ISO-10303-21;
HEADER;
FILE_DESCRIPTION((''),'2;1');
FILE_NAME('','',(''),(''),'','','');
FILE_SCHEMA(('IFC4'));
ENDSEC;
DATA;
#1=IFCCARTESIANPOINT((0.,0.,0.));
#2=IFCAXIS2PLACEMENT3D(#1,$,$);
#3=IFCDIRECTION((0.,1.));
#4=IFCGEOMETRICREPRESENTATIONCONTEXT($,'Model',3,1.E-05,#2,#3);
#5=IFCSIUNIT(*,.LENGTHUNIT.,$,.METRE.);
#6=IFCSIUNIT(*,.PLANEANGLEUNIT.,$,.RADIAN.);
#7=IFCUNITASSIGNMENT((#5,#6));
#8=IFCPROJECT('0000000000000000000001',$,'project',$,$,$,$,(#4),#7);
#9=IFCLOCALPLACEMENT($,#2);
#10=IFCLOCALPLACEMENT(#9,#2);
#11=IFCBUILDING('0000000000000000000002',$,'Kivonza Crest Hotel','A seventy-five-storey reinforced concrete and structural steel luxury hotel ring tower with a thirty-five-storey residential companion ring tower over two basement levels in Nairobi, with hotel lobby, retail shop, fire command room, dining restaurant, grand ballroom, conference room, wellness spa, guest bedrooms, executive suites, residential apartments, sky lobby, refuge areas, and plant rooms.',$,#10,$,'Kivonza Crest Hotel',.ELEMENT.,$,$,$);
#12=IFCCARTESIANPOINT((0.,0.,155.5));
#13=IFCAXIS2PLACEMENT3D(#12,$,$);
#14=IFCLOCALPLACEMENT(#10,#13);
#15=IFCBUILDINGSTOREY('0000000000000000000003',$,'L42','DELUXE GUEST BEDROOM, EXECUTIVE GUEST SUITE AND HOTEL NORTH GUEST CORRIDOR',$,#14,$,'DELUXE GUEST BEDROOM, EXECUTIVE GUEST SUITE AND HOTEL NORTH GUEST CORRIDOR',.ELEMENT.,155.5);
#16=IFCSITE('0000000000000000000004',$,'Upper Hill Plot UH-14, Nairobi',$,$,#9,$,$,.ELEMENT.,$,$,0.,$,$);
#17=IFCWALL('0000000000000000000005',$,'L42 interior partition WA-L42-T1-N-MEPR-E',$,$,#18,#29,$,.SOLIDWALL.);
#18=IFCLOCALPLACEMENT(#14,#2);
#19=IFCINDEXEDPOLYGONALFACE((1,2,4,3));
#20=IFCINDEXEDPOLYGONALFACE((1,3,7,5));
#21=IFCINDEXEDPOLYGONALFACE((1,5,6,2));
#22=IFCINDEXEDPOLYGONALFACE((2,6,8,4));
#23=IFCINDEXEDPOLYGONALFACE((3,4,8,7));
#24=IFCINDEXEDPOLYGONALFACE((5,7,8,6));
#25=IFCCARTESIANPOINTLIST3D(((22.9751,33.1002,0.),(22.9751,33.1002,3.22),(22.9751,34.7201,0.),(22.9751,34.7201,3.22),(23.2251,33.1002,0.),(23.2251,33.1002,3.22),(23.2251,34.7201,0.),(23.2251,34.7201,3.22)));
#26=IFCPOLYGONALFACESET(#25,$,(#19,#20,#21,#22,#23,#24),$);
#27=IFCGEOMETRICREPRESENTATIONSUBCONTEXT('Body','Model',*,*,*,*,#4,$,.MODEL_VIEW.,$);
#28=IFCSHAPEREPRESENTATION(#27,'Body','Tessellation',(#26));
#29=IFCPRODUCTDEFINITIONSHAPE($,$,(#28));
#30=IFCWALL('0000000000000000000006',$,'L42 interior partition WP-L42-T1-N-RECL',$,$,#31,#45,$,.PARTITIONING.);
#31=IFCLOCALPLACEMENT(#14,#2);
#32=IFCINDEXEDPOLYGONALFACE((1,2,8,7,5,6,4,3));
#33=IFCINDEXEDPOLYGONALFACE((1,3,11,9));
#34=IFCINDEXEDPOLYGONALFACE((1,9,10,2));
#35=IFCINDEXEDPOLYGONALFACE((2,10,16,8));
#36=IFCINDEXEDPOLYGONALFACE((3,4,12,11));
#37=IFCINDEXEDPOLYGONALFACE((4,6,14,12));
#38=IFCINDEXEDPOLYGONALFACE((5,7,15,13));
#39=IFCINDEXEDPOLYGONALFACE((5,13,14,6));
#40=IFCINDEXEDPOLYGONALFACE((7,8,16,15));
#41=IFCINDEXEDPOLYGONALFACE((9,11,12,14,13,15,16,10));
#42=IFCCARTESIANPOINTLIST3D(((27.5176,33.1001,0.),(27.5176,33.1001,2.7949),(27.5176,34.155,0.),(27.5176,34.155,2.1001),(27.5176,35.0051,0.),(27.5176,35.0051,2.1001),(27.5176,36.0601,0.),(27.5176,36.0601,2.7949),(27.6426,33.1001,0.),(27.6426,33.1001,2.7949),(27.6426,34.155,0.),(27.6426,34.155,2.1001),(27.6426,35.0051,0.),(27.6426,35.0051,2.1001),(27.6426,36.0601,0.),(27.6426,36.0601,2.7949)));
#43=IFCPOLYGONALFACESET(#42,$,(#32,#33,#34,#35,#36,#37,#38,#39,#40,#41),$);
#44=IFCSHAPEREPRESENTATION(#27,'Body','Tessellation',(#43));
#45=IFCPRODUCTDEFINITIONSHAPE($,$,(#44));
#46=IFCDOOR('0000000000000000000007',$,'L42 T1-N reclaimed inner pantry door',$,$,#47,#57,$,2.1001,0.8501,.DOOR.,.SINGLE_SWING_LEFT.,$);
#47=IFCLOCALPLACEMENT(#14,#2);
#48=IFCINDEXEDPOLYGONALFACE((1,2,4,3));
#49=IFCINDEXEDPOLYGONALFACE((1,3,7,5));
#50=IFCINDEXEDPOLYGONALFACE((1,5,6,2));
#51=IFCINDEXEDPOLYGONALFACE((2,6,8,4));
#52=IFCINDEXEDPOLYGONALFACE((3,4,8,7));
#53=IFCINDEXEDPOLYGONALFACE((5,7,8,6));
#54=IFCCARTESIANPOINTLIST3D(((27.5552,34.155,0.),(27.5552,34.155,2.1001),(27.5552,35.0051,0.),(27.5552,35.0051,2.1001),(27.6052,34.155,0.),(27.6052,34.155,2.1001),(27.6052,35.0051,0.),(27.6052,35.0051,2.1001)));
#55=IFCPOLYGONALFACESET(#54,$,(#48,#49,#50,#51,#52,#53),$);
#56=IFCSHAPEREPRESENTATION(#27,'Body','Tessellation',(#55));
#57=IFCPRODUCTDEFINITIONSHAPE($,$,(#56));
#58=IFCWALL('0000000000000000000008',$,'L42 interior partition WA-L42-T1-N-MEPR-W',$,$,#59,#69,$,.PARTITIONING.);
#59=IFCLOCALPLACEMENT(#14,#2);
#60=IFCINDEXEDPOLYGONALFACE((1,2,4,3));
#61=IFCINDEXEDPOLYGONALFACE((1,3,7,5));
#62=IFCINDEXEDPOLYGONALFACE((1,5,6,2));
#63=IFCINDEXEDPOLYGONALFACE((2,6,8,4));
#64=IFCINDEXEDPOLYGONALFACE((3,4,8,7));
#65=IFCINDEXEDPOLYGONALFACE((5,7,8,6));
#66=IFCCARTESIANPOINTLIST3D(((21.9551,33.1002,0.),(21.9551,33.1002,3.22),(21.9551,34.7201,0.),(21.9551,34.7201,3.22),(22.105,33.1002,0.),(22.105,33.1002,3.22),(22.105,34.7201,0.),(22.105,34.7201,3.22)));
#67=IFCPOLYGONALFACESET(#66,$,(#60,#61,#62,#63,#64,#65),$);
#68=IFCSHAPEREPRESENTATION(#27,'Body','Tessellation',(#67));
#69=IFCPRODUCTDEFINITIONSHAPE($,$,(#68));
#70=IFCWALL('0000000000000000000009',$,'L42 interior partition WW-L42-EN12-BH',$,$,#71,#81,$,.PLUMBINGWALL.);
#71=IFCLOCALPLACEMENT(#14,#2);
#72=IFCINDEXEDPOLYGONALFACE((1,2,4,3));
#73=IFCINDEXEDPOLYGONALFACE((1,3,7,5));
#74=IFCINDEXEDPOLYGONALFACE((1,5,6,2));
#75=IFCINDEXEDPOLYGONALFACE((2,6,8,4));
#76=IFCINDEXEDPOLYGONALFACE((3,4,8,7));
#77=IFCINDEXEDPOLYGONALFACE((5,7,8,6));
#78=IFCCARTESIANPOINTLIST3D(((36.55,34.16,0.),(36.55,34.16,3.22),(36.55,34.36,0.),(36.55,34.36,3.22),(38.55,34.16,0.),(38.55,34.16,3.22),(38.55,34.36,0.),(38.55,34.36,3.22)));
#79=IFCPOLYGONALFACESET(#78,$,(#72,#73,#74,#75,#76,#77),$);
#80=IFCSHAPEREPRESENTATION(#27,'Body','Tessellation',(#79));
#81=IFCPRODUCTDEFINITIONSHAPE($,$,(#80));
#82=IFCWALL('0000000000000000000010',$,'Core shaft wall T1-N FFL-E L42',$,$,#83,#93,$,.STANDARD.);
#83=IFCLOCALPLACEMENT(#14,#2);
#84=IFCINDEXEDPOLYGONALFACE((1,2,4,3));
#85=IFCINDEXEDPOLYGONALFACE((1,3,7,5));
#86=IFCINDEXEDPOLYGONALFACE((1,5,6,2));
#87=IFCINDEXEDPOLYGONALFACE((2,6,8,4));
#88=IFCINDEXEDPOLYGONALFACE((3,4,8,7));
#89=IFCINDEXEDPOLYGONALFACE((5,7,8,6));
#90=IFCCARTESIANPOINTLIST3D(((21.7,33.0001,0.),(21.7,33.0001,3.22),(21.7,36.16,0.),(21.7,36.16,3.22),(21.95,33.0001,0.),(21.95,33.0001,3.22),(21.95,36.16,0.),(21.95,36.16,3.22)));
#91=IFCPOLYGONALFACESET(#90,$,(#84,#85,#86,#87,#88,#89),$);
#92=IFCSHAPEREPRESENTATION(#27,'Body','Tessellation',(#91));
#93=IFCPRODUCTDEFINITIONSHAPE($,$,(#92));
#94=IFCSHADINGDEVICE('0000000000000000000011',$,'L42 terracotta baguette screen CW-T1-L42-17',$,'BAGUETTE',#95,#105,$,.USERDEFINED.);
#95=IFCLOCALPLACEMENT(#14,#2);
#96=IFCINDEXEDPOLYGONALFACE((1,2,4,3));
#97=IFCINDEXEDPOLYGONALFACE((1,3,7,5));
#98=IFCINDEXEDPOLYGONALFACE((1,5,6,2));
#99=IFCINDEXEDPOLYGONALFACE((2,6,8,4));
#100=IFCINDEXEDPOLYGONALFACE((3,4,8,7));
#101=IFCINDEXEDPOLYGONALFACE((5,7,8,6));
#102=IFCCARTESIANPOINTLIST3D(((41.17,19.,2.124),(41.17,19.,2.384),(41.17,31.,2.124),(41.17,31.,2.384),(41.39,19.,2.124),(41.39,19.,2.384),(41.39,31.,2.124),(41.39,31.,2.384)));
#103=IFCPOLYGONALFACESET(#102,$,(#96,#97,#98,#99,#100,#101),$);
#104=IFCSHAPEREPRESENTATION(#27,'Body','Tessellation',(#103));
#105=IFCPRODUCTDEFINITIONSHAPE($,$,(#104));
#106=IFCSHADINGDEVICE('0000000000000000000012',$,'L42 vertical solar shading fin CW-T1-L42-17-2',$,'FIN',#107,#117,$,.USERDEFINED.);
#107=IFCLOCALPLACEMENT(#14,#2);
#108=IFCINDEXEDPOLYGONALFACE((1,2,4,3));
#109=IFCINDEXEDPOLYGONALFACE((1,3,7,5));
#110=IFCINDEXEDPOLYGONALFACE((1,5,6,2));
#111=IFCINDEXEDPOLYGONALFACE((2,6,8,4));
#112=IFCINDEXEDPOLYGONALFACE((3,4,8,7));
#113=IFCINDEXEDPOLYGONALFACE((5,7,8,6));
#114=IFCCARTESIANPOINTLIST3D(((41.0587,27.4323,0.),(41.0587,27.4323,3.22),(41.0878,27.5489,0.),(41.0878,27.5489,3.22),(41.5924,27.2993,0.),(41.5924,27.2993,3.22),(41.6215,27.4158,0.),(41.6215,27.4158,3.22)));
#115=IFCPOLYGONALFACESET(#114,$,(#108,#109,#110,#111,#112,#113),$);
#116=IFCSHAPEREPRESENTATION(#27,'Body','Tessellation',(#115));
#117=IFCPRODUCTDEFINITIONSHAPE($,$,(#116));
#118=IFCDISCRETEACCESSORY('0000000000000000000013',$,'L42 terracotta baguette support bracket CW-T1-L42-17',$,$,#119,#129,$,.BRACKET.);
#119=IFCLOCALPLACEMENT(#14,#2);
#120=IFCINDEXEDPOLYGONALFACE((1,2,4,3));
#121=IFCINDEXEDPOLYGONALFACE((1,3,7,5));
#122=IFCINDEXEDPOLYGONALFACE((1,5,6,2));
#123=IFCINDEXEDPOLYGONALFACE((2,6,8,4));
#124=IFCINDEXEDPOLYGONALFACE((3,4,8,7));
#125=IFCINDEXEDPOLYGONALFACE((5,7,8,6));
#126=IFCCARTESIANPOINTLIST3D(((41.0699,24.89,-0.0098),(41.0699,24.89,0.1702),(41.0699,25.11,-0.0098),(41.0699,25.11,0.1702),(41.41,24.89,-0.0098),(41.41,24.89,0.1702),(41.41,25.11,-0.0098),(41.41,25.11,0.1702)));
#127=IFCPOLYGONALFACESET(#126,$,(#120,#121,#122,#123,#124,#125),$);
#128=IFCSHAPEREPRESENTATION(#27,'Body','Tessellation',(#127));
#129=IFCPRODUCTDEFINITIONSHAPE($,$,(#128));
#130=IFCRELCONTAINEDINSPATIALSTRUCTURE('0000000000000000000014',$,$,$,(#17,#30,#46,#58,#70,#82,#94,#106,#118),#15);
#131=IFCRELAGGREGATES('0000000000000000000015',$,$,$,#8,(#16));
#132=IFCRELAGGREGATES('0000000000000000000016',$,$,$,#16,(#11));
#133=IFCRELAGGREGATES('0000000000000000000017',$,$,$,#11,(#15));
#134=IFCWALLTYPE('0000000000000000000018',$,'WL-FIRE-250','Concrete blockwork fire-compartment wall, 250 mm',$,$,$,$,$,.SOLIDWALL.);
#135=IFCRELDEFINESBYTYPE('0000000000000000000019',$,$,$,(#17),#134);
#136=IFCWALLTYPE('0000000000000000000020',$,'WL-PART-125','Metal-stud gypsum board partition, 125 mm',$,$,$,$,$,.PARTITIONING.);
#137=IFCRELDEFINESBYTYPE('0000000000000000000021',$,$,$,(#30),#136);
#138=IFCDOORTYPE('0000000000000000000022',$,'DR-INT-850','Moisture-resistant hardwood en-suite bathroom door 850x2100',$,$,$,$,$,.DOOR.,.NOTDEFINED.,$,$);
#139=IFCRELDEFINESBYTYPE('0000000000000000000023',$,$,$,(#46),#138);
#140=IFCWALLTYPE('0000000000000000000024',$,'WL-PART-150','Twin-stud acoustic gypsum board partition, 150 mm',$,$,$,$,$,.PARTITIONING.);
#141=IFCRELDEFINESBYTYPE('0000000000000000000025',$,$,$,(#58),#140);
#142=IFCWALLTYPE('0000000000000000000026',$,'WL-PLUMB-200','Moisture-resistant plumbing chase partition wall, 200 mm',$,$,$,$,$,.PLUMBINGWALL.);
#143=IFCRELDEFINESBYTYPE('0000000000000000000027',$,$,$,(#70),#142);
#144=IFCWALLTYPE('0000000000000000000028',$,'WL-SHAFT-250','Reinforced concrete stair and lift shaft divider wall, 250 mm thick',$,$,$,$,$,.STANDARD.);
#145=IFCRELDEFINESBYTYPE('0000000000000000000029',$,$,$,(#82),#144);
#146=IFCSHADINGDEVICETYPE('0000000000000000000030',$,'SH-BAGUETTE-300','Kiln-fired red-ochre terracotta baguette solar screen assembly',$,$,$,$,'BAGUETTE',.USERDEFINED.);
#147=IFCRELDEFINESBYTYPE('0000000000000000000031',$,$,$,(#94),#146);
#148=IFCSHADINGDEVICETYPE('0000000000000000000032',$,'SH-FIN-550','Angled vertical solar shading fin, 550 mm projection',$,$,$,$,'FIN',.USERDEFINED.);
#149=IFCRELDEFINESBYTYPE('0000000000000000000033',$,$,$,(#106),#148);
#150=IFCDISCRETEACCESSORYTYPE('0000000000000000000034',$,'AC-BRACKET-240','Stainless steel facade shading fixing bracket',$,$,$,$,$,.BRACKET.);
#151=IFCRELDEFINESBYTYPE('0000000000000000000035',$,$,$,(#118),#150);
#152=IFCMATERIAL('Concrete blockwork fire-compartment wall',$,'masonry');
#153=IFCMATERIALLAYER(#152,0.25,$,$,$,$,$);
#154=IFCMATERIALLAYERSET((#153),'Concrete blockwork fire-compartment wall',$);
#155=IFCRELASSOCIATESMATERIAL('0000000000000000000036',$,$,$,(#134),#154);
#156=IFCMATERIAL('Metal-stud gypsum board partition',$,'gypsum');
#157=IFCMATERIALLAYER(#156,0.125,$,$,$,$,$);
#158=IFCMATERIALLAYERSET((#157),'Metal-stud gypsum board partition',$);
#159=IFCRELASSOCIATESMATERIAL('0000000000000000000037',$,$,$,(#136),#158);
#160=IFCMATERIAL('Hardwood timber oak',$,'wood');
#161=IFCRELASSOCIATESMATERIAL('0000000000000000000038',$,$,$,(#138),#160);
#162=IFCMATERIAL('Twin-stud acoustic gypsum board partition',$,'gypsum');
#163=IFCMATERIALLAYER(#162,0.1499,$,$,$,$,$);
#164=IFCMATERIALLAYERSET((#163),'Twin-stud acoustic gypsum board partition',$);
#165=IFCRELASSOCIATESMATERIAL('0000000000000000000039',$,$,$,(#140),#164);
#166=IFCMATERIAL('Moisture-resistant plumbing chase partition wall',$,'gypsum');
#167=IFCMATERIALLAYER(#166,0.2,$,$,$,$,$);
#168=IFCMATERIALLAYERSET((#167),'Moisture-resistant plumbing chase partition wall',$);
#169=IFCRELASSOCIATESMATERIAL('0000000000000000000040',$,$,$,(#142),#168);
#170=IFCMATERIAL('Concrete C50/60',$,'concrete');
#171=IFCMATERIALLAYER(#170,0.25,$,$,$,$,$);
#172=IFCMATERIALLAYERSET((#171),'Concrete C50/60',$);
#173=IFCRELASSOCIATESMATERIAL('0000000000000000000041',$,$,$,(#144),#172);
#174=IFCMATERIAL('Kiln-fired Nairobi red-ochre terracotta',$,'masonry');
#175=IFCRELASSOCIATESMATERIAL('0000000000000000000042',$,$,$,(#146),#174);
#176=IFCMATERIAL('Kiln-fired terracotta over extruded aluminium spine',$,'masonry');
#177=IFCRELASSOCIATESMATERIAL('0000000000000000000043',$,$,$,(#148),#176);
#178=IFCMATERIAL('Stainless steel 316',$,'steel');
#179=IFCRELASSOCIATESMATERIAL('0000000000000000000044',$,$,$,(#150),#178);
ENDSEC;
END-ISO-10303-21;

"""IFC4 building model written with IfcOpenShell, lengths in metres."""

from ifc_helpers import new_model, si_unit, direction, frame, frame_2d, origin, origin_2d, place, context, subcontext, project, spatial, rectangle, extrude, material, layer, layer_set, type_object, element, fill, save


model = new_model("IFC4")

# Units and contexts
model_context = context("Model", 3, precision=1e-05, world=origin(), true_north=direction((0.0, 1.0)))
body_context = subcontext(model_context, "Body", "Model", "MODEL_VIEW")
ifc_project = project(units=[si_unit("LENGTHUNIT", "METRE"), si_unit("PLANEANGLEUNIT", "RADIAN")], contexts=[model_context])

# Site, building, storey
site_placement = place(None, origin())
site = spatial("IfcSite", under=ifc_project, at=site_placement, Name="Upper Hill Plot UH-14, Nairobi", CompositionType="ELEMENT", RefElevation=0.0)
building_placement = place(site_placement, origin())
building = spatial("IfcBuilding", under=site, at=building_placement, Name="Kivonza Crest Hotel", Description="A seventy-five-storey reinforced concrete and structural steel luxury hotel ring tower with a thirty-five-storey residential companion ring tower over two basement levels in Nairobi, with hotel lobby, retail shop, fire command room, dining restaurant, grand ballroom, conference room, wellness spa, guest bedrooms, executive suites, residential apartments, sky lobby, refuge areas, and plant rooms.", LongName="Kivonza Crest Hotel", CompositionType="ELEMENT")
storey_placement = place(building_placement, frame((0.0, 0.0, 155.5)))
storey = spatial("IfcBuildingStorey", under=building, at=storey_placement, Name="L42", Description="DELUXE GUEST BEDROOM, EXECUTIVE GUEST SUITE AND HOTEL NORTH GUEST CORRIDOR", LongName="DELUXE GUEST BEDROOM, EXECUTIVE GUEST SUITE AND HOTEL NORTH GUEST CORRIDOR", CompositionType="ELEMENT", Elevation=155.5)

# Shared definitions
ifc_material_1 = material(Name="Concrete C50/60", Category="concrete")

# Wall
ifc_material_2 = material(Name="Concrete blockwork fire-compartment wall", Category="masonry")
ifc_layer_1 = layer(ifc_material_2, 0.25)
ifc_layer_set_1 = layer_set([ifc_layer_1], Name="Concrete blockwork fire-compartment wall")
wall_type_1 = type_object("IfcWallType", Name="WL-FIRE-250", Description="Concrete blockwork fire-compartment wall, 250 mm", PredefinedType="SOLIDWALL", material=ifc_layer_set_1)
wall_1_placement = place(storey_placement, frame((23.1001, 33.1001, 0.0), z_axis=(0.0, 0.0, 1.0), x_axis=(0.0, 1.0, 0.0)))
element("IfcWall", 1, at=wall_1_placement, inside=storey, type_object=wall_type_1, Name="L42 interior partition WA-L42-T1-N-MEPR-E", PredefinedType="SOLIDWALL", context=body_context, shape_type="SweptSolid", body=[
    extrude(rectangle(XDim=1.6199, YDim=0.25, at=frame_2d((0.8101, 0.0))), origin(), (0.0, 0.0, 1.0), 3.22),
])

# Wall, opening, door
ifc_material_3 = material(Name="Metal-stud gypsum board partition", Category="gypsum")
ifc_layer_2 = layer(ifc_material_3, 0.125)
ifc_layer_set_2 = layer_set([ifc_layer_2], Name="Metal-stud gypsum board partition")
wall_type_2 = type_object("IfcWallType", Name="WL-PART-125", Description="Metal-stud gypsum board partition, 125 mm", PredefinedType="PARTITIONING", material=ifc_layer_set_2)
wall_2_placement = place(storey_placement, frame((27.5801, 33.1001, 0.0), z_axis=(0.0, 0.0, 1.0), x_axis=(0.0, 1.0, 0.0)))
wall_2 = element("IfcWall", 2, at=wall_2_placement, inside=storey, type_object=wall_type_2, Name="L42 interior partition WP-L42-T1-N-RECL", PredefinedType="PARTITIONING", context=body_context, shape_type="SweptSolid", body=[
    extrude(rectangle(XDim=2.96, YDim=0.125, at=frame_2d((1.48, 0.0))), origin(), (0.0, 0.0, 1.0), 2.7949),
])
opening_1_placement = place(wall_2_placement, frame((1.0549, 0.0, 0.0)))
opening_1 = element("IfcOpeningElement", 3, at=opening_1_placement, cuts=wall_2, PredefinedType="OPENING", context=body_context, shape_type="SweptSolid", body=[
    extrude(rectangle(XDim=0.8501, YDim=2.1001, at=frame_2d((0.425, 1.05))), frame((0.0, 0.0725, 0.0), z_axis=(0.0, -1.0, 0.0), x_axis=(1.0, 0.0, 0.0)), (0.0, 0.0, 1.0), 0.145),
])
ifc_material_4 = material(Name="Hardwood timber oak", Category="wood")
door_type = type_object("IfcDoorType", Name="DR-INT-850", Description="Moisture-resistant hardwood en-suite bathroom door 850x2100", OperationType="NOTDEFINED", PredefinedType="DOOR", material=ifc_material_4)
door_placement = place(opening_1_placement, origin())
door = element("IfcDoor", 4, at=door_placement, inside=storey, type_object=door_type, Name="L42 T1-N reclaimed inner pantry door", OperationType="SINGLE_SWING_LEFT", OverallHeight=2.1001, OverallWidth=0.8501, PredefinedType="DOOR", context=body_context, shape_type="SweptSolid", body=[
    extrude(rectangle(XDim=0.8501, YDim=2.1001, at=frame_2d((0.425, 1.05))), frame((0.0, 0.0249, 0.0), z_axis=(0.0, -1.0, 0.0), x_axis=(1.0, 0.0, 0.0)), (0.0, 0.0, 1.0), 0.05),
])
fill(opening_1, door)

# Walls
ifc_material_5 = material(Name="Twin-stud acoustic gypsum board partition", Category="gypsum")
ifc_layer_3 = layer(ifc_material_5, 0.1499)
ifc_layer_set_3 = layer_set([ifc_layer_3], Name="Twin-stud acoustic gypsum board partition")
wall_type_3 = type_object("IfcWallType", Name="WL-PART-150", Description="Twin-stud acoustic gypsum board partition, 150 mm", PredefinedType="PARTITIONING", material=ifc_layer_set_3)
wall_3_placement = place(storey_placement, frame((22.03, 33.1001, 0.0), z_axis=(0.0, 0.0, 1.0), x_axis=(0.0, 1.0, 0.0)))
element("IfcWall", 5, at=wall_3_placement, inside=storey, type_object=wall_type_3, Name="L42 interior partition WA-L42-T1-N-MEPR-W", PredefinedType="PARTITIONING", context=body_context, shape_type="SweptSolid", body=[
    extrude(rectangle(XDim=1.6199, YDim=0.1499, at=frame_2d((0.8101, 0.0))), origin(), (0.0, 0.0, 1.0), 3.22),
])
ifc_material_6 = material(Name="Moisture-resistant plumbing chase partition wall", Category="gypsum")
ifc_layer_4 = layer(ifc_material_6, 0.2)
ifc_layer_set_4 = layer_set([ifc_layer_4], Name="Moisture-resistant plumbing chase partition wall")
wall_type_4 = type_object("IfcWallType", Name="WL-PLUMB-200", Description="Moisture-resistant plumbing chase partition wall, 200 mm", PredefinedType="PLUMBINGWALL", material=ifc_layer_set_4)
wall_4_placement = place(storey_placement, frame((36.55, 34.26, 0.0), z_axis=(0.0, 0.0, 1.0), x_axis=(1.0, 0.0, 0.0)))
element("IfcWall", 6, at=wall_4_placement, inside=storey, type_object=wall_type_4, Name="L42 interior partition WW-L42-EN12-BH", PredefinedType="PLUMBINGWALL", context=body_context, shape_type="SweptSolid", body=[
    extrude(rectangle(XDim=2.0, YDim=0.2, at=frame_2d((1.0, 0.0))), origin(), (0.0, 0.0, 1.0), 3.22),
])
ifc_layer_5 = layer(ifc_material_1, 0.25)
ifc_layer_set_5 = layer_set([ifc_layer_5], Name="Concrete C50/60")
wall_type_5 = type_object("IfcWallType", Name="WL-SHAFT-250", Description="Reinforced concrete stair and lift shaft divider wall, 250 mm thick", PredefinedType="STANDARD", material=ifc_layer_set_5)
wall_5_placement = place(storey_placement, frame((21.825, 33.0, 0.0), z_axis=(0.0, 0.0, 1.0), x_axis=(0.0, 1.0, 0.0)))
element("IfcWall", 7, at=wall_5_placement, inside=storey, type_object=wall_type_5, Name="Core shaft wall T1-N FFL-E L42", PredefinedType="STANDARD", context=body_context, shape_type="SweptSolid", body=[
    extrude(rectangle(XDim=3.1599, YDim=0.25, at=frame_2d((1.5801, 0.0))), origin(), (0.0, 0.0, 1.0), 3.22),
])

# Shading devices
ifc_material_7 = material(Name="Kiln-fired Nairobi red-ochre terracotta", Category="masonry")
shading_device_type_1 = type_object("IfcShadingDeviceType", Name="SH-BAGUETTE-300", Description="Kiln-fired red-ochre terracotta baguette solar screen assembly", ElementType="BAGUETTE", PredefinedType="USERDEFINED", material=ifc_material_7)
shading_device_1_placement = place(storey_placement, frame((41.28, 25.0, 2.124), z_axis=(0.0, 0.0, 1.0), x_axis=(0.0, 1.0, 0.0)))
element("IfcShadingDevice", 8, at=shading_device_1_placement, inside=storey, type_object=shading_device_type_1, Name="L42 terracotta baguette screen CW-T1-L42-17", ObjectType="BAGUETTE", PredefinedType="USERDEFINED", context=body_context, shape_type="SweptSolid", body=[
    extrude(rectangle(XDim=12.0, YDim=0.22, at=origin_2d()), origin(), (0.0, 0.0, 1.0), 0.26),
])
ifc_material_8 = material(Name="Kiln-fired terracotta over extruded aluminium spine", Category="masonry")
shading_device_type_2 = type_object("IfcShadingDeviceType", Name="SH-FIN-550", Description="Angled vertical solar shading fin, 550 mm projection", ElementType="FIN", PredefinedType="USERDEFINED", material=ifc_material_8)
shading_device_2_placement = place(storey_placement, frame((41.3401, 27.4241, 0.0), z_axis=(0.0, 0.0, 1.0), x_axis=(0.241922, 0.970296, 0.0)))
element("IfcShadingDevice", 9, at=shading_device_2_placement, inside=storey, type_object=shading_device_type_2, Name="L42 vertical solar shading fin CW-T1-L42-17-2", ObjectType="FIN", PredefinedType="USERDEFINED", context=body_context, shape_type="SweptSolid", body=[
    extrude(rectangle(XDim=0.1201, YDim=0.55, at=origin_2d()), origin(), (0.0, 0.0, 1.0), 3.22),
])

# Discrete accessory
ifc_material_9 = material(Name="Stainless steel 316", Category="steel")
discrete_accessory_type = type_object("IfcDiscreteAccessoryType", Name="AC-BRACKET-240", Description="Stainless steel facade shading fixing bracket", PredefinedType="BRACKET", material=ifc_material_9)
discrete_accessory_placement = place(storey_placement, frame((41.24, 25.0, -0.0098), z_axis=(0.0, 0.0, 1.0), x_axis=(0.0, 1.0, 0.0)))
element("IfcDiscreteAccessory", 10, at=discrete_accessory_placement, inside=storey, type_object=discrete_accessory_type, Name="L42 terracotta baguette support bracket CW-T1-L42-17", PredefinedType="BRACKET", context=body_context, shape_type="SweptSolid", body=[
    extrude(rectangle(XDim=0.22, YDim=0.3401, at=origin_2d()), origin(), (0.0, 0.0, 1.0), 0.1799),
])

save(model, "model.ifc")
